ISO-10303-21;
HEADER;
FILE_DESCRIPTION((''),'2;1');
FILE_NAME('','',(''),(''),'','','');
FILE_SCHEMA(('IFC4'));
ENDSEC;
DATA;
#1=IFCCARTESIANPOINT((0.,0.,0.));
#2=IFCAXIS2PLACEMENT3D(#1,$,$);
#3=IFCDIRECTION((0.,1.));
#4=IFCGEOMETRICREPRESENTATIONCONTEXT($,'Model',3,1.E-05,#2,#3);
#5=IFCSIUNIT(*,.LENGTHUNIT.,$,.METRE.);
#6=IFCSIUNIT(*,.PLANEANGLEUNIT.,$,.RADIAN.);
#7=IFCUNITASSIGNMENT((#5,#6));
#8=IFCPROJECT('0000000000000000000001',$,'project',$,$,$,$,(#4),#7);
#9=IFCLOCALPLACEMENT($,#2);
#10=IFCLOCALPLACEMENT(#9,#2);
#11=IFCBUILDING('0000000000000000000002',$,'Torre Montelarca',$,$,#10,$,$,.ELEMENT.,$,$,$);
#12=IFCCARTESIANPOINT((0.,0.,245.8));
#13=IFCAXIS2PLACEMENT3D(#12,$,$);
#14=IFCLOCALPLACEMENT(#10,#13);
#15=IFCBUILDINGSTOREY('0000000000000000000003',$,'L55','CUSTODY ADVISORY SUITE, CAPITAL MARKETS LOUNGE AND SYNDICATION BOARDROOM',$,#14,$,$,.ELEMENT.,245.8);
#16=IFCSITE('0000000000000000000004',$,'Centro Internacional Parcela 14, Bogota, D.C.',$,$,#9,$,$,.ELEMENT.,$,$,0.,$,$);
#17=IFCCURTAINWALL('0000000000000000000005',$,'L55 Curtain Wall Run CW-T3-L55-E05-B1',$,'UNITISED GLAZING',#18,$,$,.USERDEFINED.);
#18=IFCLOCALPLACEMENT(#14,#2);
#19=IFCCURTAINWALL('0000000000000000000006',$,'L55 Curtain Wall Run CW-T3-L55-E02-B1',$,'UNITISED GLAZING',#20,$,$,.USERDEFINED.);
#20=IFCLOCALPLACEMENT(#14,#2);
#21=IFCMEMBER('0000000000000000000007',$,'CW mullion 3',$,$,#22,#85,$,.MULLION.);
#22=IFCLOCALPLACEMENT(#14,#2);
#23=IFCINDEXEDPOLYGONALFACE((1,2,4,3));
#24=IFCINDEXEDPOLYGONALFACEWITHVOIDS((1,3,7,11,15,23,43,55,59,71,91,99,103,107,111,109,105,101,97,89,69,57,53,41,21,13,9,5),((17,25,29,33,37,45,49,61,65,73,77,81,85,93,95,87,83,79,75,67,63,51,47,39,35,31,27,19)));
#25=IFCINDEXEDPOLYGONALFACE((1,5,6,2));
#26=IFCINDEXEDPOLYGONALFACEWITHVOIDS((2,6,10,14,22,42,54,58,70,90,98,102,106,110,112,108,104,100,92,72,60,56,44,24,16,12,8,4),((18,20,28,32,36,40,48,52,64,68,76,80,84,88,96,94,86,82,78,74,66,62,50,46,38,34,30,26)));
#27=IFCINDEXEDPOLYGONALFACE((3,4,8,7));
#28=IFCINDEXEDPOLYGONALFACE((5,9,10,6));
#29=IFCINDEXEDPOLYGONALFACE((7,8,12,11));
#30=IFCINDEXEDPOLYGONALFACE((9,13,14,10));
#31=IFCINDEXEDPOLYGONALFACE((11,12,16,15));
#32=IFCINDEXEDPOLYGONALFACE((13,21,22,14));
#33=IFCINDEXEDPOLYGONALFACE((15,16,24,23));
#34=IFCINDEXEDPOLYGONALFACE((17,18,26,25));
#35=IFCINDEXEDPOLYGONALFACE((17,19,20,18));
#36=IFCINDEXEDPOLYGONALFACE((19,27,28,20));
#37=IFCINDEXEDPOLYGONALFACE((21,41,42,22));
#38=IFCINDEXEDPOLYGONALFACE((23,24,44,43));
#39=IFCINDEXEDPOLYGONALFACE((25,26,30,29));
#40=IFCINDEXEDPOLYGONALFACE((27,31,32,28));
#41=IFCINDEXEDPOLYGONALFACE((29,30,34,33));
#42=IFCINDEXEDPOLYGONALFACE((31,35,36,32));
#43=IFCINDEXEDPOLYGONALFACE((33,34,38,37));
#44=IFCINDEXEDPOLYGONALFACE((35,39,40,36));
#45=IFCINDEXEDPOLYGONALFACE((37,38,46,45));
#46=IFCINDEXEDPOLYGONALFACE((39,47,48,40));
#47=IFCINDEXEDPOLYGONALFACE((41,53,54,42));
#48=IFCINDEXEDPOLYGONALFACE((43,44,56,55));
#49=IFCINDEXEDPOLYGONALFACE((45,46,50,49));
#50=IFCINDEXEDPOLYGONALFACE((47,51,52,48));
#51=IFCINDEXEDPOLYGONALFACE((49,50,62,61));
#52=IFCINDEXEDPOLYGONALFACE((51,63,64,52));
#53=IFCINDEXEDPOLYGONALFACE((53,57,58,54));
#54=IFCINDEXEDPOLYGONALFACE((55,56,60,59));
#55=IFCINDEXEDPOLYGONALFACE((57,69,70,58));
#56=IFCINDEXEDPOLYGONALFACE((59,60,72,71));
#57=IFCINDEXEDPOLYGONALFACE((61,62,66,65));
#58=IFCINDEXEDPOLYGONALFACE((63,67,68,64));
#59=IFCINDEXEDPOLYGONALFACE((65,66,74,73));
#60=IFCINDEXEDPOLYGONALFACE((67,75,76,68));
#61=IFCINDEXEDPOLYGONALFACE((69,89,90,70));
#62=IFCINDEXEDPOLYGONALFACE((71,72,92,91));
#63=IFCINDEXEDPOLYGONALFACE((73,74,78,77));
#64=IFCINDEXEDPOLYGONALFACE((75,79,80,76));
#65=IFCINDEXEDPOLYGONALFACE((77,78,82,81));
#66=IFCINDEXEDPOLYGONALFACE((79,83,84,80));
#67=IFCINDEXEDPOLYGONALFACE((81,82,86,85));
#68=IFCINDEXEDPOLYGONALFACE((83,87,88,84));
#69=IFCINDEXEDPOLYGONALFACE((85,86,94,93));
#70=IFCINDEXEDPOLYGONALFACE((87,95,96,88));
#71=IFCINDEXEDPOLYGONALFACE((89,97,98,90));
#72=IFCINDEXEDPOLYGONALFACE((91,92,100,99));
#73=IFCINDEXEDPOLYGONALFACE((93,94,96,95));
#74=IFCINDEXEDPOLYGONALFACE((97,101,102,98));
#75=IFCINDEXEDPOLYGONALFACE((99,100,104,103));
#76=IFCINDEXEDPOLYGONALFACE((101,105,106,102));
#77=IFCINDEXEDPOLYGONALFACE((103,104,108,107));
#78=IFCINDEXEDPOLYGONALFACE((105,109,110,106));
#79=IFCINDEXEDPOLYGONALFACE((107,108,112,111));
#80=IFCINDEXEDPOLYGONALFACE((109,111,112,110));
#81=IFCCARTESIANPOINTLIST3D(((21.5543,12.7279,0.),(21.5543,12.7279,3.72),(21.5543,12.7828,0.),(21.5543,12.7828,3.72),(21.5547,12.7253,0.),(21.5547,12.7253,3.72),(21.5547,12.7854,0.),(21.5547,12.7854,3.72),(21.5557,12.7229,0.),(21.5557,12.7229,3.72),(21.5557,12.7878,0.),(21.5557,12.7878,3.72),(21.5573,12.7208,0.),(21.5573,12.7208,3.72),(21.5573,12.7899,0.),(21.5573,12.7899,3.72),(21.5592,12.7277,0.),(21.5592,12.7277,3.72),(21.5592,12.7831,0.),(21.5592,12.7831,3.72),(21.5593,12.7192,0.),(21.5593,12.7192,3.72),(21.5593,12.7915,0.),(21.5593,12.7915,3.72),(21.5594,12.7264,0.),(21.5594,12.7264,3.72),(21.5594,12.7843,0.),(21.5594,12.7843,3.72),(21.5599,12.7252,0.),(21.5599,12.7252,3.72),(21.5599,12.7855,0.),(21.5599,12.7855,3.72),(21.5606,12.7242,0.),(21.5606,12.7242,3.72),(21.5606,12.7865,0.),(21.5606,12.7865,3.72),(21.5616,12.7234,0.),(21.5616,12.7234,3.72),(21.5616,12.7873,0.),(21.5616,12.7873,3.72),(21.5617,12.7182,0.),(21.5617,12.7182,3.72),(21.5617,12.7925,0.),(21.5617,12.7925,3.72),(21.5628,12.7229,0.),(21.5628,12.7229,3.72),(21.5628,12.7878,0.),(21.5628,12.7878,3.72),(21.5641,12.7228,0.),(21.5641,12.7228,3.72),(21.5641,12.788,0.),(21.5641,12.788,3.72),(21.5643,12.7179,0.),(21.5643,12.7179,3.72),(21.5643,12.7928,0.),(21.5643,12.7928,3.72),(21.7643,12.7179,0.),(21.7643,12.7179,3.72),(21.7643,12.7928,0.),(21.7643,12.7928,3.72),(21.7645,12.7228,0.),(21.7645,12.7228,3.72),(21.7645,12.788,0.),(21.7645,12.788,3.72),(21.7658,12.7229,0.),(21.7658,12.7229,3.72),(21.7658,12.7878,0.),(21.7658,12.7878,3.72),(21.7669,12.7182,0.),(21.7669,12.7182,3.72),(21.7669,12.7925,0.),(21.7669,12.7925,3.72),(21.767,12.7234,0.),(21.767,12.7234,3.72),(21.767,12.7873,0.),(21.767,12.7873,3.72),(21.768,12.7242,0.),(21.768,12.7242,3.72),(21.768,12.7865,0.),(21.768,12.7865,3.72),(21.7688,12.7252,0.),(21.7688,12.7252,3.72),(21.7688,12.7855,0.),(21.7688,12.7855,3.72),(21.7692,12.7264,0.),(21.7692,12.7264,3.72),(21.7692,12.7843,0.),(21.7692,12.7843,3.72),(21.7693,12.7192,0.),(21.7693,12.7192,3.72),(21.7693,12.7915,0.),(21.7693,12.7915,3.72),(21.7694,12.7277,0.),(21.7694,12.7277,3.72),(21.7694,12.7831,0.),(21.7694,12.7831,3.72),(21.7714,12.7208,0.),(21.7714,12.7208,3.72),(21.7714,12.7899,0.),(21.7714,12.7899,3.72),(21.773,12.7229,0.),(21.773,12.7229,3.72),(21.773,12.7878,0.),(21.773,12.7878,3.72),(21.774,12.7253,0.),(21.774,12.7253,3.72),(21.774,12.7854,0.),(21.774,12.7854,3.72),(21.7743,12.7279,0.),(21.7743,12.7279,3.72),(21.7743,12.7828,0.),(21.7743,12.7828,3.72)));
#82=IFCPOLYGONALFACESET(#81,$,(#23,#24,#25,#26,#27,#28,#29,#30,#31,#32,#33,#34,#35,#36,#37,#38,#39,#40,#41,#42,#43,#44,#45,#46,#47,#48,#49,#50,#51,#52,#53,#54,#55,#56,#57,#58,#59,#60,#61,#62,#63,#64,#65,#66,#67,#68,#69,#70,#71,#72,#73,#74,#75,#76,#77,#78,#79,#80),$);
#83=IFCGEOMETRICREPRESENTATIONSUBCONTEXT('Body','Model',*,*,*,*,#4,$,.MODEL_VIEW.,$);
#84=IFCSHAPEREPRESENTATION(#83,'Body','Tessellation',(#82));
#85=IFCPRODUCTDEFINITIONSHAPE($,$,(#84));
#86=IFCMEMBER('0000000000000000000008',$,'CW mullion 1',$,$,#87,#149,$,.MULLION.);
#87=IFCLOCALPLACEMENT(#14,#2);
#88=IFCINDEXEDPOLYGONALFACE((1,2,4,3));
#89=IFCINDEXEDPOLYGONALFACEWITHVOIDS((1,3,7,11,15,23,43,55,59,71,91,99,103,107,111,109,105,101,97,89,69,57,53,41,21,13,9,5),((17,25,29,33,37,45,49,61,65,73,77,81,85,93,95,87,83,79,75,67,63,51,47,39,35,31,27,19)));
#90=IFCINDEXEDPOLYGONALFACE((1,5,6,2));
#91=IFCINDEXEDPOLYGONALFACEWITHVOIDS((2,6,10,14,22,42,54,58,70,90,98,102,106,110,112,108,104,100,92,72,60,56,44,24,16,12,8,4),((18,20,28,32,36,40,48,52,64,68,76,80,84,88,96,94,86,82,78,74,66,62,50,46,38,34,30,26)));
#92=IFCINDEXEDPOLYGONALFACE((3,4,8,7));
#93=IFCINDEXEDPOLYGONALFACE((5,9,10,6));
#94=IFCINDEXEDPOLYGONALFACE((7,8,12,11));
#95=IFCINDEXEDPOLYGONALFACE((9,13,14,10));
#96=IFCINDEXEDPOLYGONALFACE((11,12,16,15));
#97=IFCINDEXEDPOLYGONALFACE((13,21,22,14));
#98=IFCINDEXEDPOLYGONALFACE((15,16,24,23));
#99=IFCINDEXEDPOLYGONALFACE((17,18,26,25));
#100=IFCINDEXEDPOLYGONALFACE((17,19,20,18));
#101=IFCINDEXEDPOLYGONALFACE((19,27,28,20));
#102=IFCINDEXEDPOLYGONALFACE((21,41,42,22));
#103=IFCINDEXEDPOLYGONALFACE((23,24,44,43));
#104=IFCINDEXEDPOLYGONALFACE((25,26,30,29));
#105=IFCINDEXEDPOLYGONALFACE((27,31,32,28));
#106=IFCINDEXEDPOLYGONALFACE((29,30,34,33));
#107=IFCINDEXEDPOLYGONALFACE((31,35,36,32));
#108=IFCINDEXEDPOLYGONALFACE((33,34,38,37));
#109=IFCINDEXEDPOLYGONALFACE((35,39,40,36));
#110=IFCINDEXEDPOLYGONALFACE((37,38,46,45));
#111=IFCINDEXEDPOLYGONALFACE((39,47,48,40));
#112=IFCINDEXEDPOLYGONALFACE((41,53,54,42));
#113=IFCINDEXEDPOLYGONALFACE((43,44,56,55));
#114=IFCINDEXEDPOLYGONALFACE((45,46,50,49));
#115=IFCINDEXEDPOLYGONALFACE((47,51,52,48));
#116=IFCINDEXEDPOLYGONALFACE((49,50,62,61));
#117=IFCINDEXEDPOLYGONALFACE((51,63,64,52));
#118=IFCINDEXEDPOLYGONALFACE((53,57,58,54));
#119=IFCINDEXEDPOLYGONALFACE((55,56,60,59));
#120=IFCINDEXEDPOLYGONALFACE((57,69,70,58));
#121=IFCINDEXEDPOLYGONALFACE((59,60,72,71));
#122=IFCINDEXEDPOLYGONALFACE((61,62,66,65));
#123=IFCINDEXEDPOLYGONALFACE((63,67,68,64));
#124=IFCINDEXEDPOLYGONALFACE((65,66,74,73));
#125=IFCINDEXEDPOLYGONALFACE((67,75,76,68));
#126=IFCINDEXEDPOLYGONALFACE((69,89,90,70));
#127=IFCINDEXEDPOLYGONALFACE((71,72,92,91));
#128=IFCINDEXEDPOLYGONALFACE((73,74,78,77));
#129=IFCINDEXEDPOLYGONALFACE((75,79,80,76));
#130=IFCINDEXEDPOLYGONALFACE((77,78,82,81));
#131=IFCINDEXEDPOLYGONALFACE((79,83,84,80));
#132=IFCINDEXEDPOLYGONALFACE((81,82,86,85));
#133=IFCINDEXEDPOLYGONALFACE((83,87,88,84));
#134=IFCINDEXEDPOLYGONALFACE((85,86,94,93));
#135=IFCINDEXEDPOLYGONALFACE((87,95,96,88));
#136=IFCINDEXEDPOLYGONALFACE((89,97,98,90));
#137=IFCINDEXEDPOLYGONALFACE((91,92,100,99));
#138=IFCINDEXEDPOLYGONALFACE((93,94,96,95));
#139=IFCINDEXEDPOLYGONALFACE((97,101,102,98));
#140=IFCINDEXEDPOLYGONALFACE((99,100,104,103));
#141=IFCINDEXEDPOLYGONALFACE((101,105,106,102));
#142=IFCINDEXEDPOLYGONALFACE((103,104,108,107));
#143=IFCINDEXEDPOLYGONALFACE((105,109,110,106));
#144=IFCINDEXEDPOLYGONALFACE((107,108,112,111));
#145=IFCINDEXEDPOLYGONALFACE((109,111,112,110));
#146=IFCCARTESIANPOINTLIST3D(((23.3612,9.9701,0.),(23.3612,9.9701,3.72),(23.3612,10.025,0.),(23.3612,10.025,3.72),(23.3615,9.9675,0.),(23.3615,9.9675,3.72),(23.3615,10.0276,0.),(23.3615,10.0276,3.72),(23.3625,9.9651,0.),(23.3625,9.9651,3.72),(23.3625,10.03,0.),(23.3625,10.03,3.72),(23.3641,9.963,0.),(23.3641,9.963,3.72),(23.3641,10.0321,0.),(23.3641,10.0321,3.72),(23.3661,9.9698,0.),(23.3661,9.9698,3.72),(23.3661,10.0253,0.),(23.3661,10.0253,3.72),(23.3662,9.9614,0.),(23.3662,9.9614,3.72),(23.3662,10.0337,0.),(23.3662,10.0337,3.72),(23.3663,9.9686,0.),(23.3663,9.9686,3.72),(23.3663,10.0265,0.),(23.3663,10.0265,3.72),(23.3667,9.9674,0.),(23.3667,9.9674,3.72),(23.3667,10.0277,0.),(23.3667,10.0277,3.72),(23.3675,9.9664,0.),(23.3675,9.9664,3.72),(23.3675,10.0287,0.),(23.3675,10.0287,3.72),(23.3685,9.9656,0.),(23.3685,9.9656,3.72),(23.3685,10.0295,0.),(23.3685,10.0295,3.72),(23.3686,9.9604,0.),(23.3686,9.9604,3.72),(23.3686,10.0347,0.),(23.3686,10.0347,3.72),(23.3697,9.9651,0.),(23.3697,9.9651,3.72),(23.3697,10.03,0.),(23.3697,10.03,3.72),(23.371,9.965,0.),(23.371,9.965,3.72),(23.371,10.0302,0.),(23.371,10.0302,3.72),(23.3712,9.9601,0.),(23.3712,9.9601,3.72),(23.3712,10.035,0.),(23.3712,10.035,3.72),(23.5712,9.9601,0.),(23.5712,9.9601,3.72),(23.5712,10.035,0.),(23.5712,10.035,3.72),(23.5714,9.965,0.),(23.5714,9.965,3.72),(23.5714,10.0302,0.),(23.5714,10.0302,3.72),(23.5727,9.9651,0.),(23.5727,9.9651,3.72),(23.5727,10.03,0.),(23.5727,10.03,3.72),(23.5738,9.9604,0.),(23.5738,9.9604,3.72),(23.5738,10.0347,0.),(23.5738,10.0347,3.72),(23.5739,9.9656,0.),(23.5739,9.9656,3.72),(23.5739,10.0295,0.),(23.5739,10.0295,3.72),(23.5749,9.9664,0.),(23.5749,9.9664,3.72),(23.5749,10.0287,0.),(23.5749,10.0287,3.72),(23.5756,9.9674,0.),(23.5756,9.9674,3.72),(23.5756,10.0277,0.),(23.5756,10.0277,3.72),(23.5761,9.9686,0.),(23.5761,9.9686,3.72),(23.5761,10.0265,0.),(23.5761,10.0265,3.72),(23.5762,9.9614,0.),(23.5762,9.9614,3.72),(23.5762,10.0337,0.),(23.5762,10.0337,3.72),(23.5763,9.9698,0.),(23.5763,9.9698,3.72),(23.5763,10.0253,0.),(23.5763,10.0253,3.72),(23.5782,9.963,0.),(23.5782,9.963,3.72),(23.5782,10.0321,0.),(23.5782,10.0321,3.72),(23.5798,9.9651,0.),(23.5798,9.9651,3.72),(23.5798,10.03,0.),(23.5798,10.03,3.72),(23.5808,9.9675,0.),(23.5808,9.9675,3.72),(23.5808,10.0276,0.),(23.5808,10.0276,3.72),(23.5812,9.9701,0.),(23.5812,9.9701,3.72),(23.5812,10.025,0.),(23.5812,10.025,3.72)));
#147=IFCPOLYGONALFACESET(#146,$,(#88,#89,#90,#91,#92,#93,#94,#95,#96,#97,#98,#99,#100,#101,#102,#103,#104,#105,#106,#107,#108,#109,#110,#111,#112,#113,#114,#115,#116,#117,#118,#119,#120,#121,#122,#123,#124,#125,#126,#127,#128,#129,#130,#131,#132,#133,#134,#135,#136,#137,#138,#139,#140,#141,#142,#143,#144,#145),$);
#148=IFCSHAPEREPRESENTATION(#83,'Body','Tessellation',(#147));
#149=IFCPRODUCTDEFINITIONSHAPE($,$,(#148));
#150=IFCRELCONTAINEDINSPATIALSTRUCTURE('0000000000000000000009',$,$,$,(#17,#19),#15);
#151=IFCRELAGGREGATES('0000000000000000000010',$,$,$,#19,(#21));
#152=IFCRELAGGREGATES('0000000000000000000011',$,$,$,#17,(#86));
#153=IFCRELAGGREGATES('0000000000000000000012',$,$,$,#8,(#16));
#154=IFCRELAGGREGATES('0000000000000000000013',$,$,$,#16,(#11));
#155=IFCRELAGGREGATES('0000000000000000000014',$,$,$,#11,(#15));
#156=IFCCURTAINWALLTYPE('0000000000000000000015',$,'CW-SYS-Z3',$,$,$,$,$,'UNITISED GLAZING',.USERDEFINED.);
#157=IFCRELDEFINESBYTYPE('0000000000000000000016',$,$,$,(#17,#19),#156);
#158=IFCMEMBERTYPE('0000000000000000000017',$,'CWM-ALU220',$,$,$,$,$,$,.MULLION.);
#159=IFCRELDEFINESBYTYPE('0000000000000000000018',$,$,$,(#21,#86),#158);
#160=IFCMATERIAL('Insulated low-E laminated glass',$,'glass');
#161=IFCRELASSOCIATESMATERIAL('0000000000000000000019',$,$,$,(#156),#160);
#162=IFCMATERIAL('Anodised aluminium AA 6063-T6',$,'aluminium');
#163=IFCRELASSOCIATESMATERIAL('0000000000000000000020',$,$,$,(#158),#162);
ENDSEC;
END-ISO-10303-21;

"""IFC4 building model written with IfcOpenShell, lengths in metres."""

from ifc_helpers import new_model, si_unit, direction, frame, origin, origin_2d, place, context, subcontext, project, spatial, hollow_rectangle, extrude, source, transform, mapped, material, material_profile, profile_set, type_object, element, aggregate, save


model = new_model("IFC4")

# Units and contexts
model_context = context("Model", 3, precision=1e-05, world=origin(), true_north=direction((0.0, 1.0)))
body_context = subcontext(model_context, "Body", "Model", "MODEL_VIEW")
ifc_project = project(units=[si_unit("LENGTHUNIT", "METRE"), si_unit("PLANEANGLEUNIT", "RADIAN")], contexts=[model_context])

# Site, building, storey
site_placement = place(None, origin())
site = spatial("IfcSite", under=ifc_project, at=site_placement, Name="Centro Internacional Parcela 14, Bogota, D.C.", CompositionType="ELEMENT", RefElevation=0.0)
building_placement = place(site_placement, origin())
building = spatial("IfcBuilding", under=site, at=building_placement, Name="Torre Montelarca", CompositionType="ELEMENT")
storey_placement = place(building_placement, frame((0.0, 0.0, 245.8)))
storey = spatial("IfcBuildingStorey", under=building, at=storey_placement, Name="L55", Description="CUSTODY ADVISORY SUITE, CAPITAL MARKETS LOUNGE AND SYNDICATION BOARDROOM", CompositionType="ELEMENT", Elevation=245.8)

# Curtain wall
ifc_material_1 = material(Name="Insulated low-E laminated glass", Category="glass")
curtain_wall_type = type_object("IfcCurtainWallType", Name="CW-SYS-Z3", ElementType="UNITISED GLAZING", PredefinedType="USERDEFINED", material=ifc_material_1)
curtain_wall_1_placement = place(storey_placement, origin())
curtain_wall_1 = element("IfcCurtainWall", 1, at=curtain_wall_1_placement, inside=storey, type_object=curtain_wall_type, Name="L55 Curtain Wall Run CW-T3-L55-E05-B1", ObjectType="UNITISED GLAZING", PredefinedType="USERDEFINED")
ifc_material_2 = material(Name="Anodised aluminium AA 6063-T6", Category="aluminium")

# Curtain wall, member
curtain_wall_2_placement = place(storey_placement, origin())
curtain_wall_2 = element("IfcCurtainWall", 2, at=curtain_wall_2_placement, inside=storey, type_object=curtain_wall_type, Name="L55 Curtain Wall Run CW-T3-L55-E02-B1", ObjectType="UNITISED GLAZING", PredefinedType="USERDEFINED")
ifc_material_profile_1 = material_profile(ifc_material_2, hollow_rectangle(XDim=0.075, YDim=0.22, WallThickness=0.0049, InnerFilletRadius=0.0049, OuterFilletRadius=0.01, at=origin_2d()), Name="ALU75X220X5", Category="aluminium")
ifc_profile_set_1 = profile_set([ifc_material_profile_1], Name="Anodised aluminium AA 6063-T6")
member_type_1 = type_object("IfcMemberType", Name="CWM-ALU220", PredefinedType="MULLION", material=ifc_profile_set_1)
shared_shape_1 = source(origin(), body_context, "Body", "SweptSolid", [
    extrude(hollow_rectangle(XDim=0.075, YDim=0.22, WallThickness=0.0049, InnerFilletRadius=0.0049, OuterFilletRadius=0.01, at=origin_2d()), origin(), (0.0, 0.0, 1.0), 3.72),
])
member_1_placement = place(storey_placement, frame((21.6643, 12.7554, 0.0), z_axis=(0.0, 0.0, 1.0), x_axis=(0.0, 1.0, 0.0)))
member_1 = element("IfcMember", 3, at=member_1_placement, type_object=member_type_1, Name="CW mullion 3", PredefinedType="MULLION", context=body_context, shape_type="MappedRepresentation", body=[
    mapped(shared_shape_1, transform((0.0, 0.0, 0.0), scale=1.0)),
])

# Member
member_2_placement = place(storey_placement, frame((23.4712, 9.9976, 0.0), z_axis=(0.0, 0.0, 1.0), x_axis=(0.0, 1.0, 0.0)))
member_2 = element("IfcMember", 4, at=member_2_placement, type_object=member_type_1, Name="CW mullion 1", PredefinedType="MULLION", context=body_context, shape_type="MappedRepresentation", body=[
    mapped(shared_shape_1, transform((0.0, 0.0, 0.0), scale=1.0)),
])

aggregate(curtain_wall_2, [member_1])
aggregate(curtain_wall_1, [member_2])

save(model, "model.ifc")
